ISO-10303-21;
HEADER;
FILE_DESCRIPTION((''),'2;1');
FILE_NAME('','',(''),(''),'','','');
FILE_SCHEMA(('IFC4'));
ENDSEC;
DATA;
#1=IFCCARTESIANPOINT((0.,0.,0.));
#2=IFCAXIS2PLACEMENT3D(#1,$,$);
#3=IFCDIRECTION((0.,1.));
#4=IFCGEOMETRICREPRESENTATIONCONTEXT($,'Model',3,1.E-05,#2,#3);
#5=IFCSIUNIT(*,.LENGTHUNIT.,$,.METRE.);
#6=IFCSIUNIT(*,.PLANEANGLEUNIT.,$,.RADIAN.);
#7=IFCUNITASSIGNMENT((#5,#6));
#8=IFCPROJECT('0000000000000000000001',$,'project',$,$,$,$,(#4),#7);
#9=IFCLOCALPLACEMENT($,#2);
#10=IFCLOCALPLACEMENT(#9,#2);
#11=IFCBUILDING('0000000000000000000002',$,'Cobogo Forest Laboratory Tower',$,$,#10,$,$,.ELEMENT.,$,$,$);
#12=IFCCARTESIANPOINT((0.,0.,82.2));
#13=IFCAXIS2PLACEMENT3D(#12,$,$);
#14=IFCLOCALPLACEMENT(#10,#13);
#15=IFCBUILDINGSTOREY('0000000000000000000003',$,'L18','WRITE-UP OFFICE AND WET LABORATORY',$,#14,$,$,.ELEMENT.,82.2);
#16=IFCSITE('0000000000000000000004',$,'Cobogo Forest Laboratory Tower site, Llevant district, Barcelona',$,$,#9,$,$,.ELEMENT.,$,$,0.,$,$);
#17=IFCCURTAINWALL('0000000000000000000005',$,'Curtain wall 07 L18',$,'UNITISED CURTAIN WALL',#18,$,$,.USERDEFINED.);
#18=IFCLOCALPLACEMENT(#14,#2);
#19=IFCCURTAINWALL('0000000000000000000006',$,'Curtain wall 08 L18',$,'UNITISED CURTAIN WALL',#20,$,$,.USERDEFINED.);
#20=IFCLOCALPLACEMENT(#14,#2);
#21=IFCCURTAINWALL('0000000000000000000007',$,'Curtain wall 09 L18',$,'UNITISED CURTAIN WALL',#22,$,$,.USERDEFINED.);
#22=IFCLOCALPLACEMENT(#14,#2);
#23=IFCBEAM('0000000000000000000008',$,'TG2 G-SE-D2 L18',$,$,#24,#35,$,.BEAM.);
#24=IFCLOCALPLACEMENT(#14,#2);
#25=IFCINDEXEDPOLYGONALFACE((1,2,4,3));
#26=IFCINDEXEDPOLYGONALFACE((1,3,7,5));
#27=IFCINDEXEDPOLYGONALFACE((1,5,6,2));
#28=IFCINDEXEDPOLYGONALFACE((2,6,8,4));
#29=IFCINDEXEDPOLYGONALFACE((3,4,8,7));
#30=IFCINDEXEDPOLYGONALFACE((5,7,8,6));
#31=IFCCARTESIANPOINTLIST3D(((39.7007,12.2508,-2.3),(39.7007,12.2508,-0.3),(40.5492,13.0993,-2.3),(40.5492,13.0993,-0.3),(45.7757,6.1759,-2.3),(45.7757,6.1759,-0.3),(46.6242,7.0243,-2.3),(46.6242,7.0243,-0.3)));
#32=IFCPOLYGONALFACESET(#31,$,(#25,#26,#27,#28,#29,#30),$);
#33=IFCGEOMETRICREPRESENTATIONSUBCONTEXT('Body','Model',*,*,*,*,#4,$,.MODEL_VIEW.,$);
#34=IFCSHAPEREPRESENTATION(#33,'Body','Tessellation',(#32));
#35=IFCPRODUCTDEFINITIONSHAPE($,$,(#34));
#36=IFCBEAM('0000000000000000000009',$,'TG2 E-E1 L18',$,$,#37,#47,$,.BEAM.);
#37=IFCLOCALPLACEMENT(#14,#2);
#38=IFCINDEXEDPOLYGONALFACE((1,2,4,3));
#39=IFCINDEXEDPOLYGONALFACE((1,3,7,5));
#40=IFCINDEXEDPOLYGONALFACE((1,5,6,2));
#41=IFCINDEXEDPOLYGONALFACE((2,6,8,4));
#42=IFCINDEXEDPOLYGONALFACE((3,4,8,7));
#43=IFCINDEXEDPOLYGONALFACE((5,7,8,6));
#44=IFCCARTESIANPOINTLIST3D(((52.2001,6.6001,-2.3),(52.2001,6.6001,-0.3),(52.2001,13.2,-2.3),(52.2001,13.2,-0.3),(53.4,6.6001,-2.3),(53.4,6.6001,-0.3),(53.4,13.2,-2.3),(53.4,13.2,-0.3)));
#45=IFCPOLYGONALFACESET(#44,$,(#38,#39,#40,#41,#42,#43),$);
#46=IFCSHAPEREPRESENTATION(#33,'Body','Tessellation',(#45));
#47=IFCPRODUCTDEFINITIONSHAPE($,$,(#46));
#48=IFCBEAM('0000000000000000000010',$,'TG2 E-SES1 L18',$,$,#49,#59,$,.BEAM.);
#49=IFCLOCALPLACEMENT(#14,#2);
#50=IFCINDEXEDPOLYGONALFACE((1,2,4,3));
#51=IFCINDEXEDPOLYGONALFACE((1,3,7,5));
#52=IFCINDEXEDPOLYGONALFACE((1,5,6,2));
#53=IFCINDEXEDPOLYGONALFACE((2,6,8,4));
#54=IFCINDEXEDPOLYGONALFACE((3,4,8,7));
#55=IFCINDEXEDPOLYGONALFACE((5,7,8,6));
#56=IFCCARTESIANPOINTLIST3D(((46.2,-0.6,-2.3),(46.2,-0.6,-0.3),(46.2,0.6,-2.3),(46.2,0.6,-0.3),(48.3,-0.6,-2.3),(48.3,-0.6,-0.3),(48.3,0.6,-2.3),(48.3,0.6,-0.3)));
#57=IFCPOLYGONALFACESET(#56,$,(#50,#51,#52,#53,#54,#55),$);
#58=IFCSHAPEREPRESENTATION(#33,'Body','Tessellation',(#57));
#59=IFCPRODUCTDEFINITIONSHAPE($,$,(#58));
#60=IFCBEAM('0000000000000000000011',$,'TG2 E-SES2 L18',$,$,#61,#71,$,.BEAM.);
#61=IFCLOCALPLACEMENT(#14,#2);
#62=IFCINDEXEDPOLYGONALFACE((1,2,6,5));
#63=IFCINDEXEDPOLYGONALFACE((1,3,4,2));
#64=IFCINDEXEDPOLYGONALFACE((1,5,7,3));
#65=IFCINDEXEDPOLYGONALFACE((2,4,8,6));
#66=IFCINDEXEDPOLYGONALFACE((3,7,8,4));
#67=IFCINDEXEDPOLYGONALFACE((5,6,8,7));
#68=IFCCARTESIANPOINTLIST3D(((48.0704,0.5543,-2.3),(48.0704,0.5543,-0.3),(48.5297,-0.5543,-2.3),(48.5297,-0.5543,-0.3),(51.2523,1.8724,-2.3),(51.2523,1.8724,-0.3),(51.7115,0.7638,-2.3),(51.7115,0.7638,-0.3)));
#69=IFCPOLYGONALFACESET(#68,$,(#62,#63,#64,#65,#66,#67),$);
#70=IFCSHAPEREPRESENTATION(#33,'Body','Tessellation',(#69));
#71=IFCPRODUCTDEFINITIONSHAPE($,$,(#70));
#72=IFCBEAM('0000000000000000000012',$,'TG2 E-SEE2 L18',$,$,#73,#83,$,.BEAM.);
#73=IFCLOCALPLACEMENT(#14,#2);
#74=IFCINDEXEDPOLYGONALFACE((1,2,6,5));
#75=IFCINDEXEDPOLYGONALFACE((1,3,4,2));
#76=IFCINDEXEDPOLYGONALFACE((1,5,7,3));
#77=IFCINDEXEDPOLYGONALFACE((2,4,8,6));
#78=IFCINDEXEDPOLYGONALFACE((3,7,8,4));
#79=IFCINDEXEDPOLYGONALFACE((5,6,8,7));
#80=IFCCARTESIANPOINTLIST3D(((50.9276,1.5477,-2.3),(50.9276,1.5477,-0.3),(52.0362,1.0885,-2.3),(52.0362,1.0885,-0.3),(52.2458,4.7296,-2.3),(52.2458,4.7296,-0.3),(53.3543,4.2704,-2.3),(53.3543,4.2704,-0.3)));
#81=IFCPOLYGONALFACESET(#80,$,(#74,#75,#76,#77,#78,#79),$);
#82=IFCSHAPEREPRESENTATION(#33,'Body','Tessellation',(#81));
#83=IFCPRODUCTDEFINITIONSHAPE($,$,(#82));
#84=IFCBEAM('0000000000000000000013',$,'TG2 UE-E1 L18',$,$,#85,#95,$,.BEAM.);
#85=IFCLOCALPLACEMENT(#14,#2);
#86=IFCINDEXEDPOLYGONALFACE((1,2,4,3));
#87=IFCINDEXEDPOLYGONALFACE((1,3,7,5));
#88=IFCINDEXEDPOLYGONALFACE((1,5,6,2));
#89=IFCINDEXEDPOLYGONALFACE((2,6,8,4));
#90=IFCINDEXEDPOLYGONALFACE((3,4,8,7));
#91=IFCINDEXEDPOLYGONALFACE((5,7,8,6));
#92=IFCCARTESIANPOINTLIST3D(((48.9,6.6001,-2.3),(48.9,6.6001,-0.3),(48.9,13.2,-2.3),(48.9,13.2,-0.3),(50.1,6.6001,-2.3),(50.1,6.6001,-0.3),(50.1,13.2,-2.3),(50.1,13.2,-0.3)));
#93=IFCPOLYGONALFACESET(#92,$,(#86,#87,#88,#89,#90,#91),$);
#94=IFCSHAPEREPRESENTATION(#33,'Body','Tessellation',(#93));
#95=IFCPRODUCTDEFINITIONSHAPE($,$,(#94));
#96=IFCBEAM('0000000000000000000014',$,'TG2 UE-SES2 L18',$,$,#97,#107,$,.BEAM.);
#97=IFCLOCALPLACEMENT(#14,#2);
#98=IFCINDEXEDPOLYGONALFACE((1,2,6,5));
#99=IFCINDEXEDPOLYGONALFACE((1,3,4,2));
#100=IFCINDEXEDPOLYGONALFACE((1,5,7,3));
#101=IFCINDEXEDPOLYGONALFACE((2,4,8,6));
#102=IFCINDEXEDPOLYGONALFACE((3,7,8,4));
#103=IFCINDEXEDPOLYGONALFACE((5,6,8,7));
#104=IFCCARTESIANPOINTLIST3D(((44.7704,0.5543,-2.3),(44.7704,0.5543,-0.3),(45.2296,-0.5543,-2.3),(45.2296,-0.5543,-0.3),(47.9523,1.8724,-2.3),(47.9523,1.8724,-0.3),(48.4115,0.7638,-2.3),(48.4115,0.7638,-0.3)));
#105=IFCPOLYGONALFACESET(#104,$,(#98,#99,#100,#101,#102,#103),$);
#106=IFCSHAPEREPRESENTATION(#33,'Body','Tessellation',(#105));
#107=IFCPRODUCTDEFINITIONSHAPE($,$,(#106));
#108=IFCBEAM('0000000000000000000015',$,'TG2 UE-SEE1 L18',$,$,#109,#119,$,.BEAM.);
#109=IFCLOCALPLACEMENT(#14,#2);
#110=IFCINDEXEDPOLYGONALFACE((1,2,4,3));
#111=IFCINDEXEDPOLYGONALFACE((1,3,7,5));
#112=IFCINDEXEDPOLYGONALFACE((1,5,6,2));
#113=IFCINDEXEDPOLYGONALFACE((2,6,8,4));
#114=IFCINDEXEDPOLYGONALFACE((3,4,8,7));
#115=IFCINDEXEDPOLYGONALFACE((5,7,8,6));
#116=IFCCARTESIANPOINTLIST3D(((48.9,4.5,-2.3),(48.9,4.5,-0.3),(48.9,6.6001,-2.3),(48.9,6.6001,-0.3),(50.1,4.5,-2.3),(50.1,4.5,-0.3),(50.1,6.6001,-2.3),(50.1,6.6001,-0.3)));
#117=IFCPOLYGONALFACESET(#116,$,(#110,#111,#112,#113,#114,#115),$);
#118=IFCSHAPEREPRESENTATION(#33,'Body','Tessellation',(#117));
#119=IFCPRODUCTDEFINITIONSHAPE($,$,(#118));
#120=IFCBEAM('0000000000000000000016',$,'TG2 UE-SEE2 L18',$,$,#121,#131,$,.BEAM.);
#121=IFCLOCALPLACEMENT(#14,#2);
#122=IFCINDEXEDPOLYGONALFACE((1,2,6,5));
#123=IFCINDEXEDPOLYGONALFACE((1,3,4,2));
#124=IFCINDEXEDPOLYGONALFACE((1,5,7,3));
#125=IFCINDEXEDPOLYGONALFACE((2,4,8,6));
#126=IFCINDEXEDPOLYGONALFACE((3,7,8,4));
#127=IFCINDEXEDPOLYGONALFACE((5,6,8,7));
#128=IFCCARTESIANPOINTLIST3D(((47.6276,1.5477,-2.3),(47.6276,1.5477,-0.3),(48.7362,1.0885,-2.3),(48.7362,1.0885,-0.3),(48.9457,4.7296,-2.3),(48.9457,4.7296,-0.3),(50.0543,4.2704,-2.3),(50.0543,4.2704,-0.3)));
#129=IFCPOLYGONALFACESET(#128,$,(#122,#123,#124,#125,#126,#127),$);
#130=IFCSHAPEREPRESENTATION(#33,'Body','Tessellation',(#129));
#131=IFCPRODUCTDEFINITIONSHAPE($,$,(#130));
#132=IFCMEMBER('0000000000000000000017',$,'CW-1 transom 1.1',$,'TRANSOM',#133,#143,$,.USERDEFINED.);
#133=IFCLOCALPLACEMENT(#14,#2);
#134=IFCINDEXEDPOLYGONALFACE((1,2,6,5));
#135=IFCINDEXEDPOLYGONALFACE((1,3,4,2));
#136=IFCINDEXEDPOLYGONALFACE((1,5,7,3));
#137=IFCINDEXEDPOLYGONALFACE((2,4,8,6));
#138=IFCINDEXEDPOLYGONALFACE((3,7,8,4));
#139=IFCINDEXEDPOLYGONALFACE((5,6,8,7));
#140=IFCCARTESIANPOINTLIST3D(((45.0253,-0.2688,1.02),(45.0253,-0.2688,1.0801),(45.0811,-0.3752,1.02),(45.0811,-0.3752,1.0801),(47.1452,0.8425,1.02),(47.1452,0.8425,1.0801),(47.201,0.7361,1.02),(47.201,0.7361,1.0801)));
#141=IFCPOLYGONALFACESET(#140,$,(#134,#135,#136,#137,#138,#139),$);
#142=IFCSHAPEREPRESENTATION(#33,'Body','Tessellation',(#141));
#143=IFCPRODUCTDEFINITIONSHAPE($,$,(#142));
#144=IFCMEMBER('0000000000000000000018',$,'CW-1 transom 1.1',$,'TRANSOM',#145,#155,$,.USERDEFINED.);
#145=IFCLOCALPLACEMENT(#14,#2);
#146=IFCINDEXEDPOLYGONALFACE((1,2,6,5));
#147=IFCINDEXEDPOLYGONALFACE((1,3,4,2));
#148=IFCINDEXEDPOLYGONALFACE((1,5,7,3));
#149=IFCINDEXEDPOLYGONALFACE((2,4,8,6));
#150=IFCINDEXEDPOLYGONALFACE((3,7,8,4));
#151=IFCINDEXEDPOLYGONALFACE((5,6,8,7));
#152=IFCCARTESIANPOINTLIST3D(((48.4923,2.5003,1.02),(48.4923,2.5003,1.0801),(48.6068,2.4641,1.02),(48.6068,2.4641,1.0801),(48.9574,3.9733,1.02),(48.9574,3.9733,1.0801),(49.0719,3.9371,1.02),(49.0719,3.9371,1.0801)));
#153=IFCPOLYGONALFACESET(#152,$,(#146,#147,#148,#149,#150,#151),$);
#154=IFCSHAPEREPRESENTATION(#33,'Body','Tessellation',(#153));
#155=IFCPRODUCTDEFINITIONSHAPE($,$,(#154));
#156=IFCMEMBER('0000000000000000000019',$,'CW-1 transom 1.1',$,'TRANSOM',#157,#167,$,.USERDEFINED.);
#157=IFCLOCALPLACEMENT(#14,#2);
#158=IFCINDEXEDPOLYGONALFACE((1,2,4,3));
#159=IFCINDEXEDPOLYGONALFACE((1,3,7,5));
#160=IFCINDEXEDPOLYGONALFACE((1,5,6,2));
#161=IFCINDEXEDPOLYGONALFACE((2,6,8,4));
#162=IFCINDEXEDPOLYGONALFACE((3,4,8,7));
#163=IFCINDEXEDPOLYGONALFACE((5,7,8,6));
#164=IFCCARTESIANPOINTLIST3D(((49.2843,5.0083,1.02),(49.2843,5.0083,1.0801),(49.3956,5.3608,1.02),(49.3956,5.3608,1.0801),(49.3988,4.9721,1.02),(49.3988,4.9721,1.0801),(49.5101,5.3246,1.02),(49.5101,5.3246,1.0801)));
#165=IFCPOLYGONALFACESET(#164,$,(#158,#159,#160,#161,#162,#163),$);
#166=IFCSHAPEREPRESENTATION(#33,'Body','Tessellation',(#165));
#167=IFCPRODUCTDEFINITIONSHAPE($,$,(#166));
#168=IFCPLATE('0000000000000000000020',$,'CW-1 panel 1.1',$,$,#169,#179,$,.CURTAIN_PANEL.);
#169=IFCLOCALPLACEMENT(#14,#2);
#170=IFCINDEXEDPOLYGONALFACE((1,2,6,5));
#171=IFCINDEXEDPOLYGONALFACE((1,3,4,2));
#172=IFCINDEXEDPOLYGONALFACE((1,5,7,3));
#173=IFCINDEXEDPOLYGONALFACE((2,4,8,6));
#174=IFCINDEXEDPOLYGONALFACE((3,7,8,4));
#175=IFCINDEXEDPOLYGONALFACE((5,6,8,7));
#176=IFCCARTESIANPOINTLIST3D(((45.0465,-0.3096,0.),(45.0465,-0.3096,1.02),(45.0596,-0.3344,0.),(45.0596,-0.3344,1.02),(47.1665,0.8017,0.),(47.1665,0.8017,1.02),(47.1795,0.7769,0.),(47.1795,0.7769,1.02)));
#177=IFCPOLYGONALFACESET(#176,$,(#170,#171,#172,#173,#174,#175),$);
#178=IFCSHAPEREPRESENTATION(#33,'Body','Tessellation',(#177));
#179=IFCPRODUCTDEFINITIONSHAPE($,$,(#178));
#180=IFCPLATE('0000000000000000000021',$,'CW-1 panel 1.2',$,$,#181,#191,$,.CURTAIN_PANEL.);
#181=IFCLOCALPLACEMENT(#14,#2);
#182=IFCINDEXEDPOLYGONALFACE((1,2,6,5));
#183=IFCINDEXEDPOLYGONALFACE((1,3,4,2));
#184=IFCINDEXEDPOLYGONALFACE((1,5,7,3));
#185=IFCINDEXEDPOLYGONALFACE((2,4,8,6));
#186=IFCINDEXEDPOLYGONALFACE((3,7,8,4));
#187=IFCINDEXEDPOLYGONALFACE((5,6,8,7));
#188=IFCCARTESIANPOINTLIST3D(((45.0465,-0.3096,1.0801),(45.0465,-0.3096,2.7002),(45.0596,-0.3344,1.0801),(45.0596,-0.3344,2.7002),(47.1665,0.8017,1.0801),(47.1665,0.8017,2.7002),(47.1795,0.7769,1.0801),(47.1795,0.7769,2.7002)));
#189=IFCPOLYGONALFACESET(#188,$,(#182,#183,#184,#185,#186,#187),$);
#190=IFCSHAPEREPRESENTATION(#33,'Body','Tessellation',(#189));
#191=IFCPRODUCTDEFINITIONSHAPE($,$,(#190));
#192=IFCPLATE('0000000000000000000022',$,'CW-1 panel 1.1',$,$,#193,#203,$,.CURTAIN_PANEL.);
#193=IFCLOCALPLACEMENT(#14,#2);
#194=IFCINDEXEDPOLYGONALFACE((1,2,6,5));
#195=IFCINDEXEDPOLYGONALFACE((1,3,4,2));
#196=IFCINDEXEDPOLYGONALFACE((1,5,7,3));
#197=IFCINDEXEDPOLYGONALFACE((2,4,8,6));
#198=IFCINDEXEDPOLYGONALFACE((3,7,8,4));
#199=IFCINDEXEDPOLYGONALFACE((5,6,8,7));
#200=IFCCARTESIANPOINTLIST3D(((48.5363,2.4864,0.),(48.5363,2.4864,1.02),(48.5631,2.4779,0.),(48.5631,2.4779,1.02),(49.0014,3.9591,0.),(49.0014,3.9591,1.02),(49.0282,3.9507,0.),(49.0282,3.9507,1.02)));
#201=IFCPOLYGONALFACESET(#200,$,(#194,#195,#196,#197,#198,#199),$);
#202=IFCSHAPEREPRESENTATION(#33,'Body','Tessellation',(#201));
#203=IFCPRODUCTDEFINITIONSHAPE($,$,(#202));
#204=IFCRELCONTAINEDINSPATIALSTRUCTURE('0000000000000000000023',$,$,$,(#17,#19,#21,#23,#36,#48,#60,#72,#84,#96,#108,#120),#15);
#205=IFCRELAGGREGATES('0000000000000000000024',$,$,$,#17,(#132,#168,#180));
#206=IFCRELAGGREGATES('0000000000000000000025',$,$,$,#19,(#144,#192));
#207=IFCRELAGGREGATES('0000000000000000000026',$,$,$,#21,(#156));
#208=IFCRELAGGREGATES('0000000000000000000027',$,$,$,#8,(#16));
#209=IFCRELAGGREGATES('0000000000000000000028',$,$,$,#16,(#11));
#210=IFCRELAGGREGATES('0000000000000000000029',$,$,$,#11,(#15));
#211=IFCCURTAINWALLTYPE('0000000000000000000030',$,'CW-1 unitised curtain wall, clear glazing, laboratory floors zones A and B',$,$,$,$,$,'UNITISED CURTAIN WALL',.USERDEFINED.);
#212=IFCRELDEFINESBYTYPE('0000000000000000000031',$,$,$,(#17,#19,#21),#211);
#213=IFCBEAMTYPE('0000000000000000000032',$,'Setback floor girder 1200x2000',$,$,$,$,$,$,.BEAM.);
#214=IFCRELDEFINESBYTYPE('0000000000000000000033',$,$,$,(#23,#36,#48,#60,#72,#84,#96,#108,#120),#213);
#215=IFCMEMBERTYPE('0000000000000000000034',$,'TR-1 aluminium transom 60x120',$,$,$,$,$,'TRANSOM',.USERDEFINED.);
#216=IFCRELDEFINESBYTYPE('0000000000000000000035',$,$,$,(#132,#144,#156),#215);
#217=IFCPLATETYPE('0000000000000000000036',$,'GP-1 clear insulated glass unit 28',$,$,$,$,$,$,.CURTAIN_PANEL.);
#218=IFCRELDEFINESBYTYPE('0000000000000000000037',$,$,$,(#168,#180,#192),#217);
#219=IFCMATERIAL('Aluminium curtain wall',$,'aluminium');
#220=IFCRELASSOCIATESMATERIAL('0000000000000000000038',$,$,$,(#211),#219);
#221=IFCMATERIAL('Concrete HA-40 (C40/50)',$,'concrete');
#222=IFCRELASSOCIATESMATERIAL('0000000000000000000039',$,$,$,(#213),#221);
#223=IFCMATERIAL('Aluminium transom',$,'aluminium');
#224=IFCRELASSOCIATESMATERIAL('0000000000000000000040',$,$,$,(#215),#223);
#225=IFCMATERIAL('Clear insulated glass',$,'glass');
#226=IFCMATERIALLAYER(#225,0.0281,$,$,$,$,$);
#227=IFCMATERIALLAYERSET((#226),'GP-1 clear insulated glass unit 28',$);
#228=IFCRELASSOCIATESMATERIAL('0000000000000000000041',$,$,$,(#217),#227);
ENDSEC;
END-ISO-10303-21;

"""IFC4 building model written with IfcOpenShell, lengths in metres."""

from ifc_helpers import new_model, si_unit, direction, frame, origin, origin_2d, place, context, subcontext, project, spatial, rectangle, extrude, material, layer, layer_set, material_profile, profile_set, type_object, element, aggregate, save


model = new_model("IFC4")

# Units and contexts
model_context = context("Model", 3, precision=1e-05, world=origin(), true_north=direction((0.0, 1.0)))
body_context = subcontext(model_context, "Body", "Model", "MODEL_VIEW")
ifc_project = project(units=[si_unit("LENGTHUNIT", "METRE"), si_unit("PLANEANGLEUNIT", "RADIAN")], contexts=[model_context])

# Site, building, storey
site_placement = place(None, origin())
site = spatial("IfcSite", under=ifc_project, at=site_placement, Name="Cobogo Forest Laboratory Tower site, Llevant district, Barcelona", CompositionType="ELEMENT", RefElevation=0.0)
building_placement = place(site_placement, origin())
building = spatial("IfcBuilding", under=site, at=building_placement, Name="Cobogo Forest Laboratory Tower", CompositionType="ELEMENT")
storey_placement = place(building_placement, frame((0.0, 0.0, 82.2)))
storey = spatial("IfcBuildingStorey", under=building, at=storey_placement, Name="L18", Description="WRITE-UP OFFICE AND WET LABORATORY", CompositionType="ELEMENT", Elevation=82.2)

# Curtain walls
ifc_material_1 = material(Name="Aluminium curtain wall", Category="aluminium")
curtain_wall_type = type_object("IfcCurtainWallType", Name="CW-1 unitised curtain wall, clear glazing, laboratory floors zones A and B", ElementType="UNITISED CURTAIN WALL", PredefinedType="USERDEFINED", material=ifc_material_1)
curtain_wall_1_placement = place(storey_placement, origin())
curtain_wall_1 = element("IfcCurtainWall", 1, at=curtain_wall_1_placement, inside=storey, type_object=curtain_wall_type, Name="Curtain wall 07 L18", ObjectType="UNITISED CURTAIN WALL", PredefinedType="USERDEFINED")
curtain_wall_2_placement = place(storey_placement, origin())
curtain_wall_2 = element("IfcCurtainWall", 2, at=curtain_wall_2_placement, inside=storey, type_object=curtain_wall_type, Name="Curtain wall 08 L18", ObjectType="UNITISED CURTAIN WALL", PredefinedType="USERDEFINED")
curtain_wall_3_placement = place(storey_placement, origin())
curtain_wall_3 = element("IfcCurtainWall", 3, at=curtain_wall_3_placement, inside=storey, type_object=curtain_wall_type, Name="Curtain wall 09 L18", ObjectType="UNITISED CURTAIN WALL", PredefinedType="USERDEFINED")

# Beams
ifc_material_2 = material(Name="Concrete HA-40 (C40/50)", Category="concrete")
ifc_material_profile_1 = material_profile(ifc_material_2, rectangle(XDim=1.2, YDim=2.0, at=origin_2d()), Name="RC 1200x2000")
ifc_profile_set_1 = profile_set([ifc_material_profile_1], Name="Concrete HA-40 (C40/50)")
beam_type = type_object("IfcBeamType", Name="Setback floor girder 1200x2000", PredefinedType="BEAM", material=ifc_profile_set_1)
beam_1_placement = place(storey_placement, frame((46.2, 6.6001, -1.3), z_axis=(-0.707107, 0.707107, 0.0), x_axis=(-0.707107, -0.707107, 0.0)))
element("IfcBeam", 4, at=beam_1_placement, inside=storey, type_object=beam_type, Name="TG2 G-SE-D2 L18", PredefinedType="BEAM", context=body_context, shape_type="SweptSolid", body=[
    extrude(rectangle(XDim=1.2, YDim=2.0, at=origin_2d()), origin(), (0.0, 0.0, 1.0), 8.5913),
])
beam_2_placement = place(storey_placement, frame((52.8, 6.6001, -1.3), z_axis=(0.0, 1.0, 0.0), x_axis=(-1.0, 0.0, 0.0)))
element("IfcBeam", 5, at=beam_2_placement, inside=storey, type_object=beam_type, Name="TG2 E-E1 L18", PredefinedType="BEAM", context=body_context, shape_type="SweptSolid", body=[
    extrude(rectangle(XDim=1.2, YDim=2.0, at=origin_2d()), origin(), (0.0, 0.0, 1.0), 6.5999),
])
beam_3_placement = place(storey_placement, frame((46.2, 0.0, -1.3), z_axis=(1.0, 0.0, 0.0), x_axis=(0.0, 1.0, 0.0)))
element("IfcBeam", 6, at=beam_3_placement, inside=storey, type_object=beam_type, Name="TG2 E-SES1 L18", PredefinedType="BEAM", context=body_context, shape_type="SweptSolid", body=[
    extrude(rectangle(XDim=1.2, YDim=2.0, at=origin_2d()), origin(), (0.0, 0.0, 1.0), 2.1001),
])
for number, where, z_axis, x_axis, name in (
    (7, (48.3, 0.0, -1.3), (0.923866, 0.382717, 0.0), (-0.382717, 0.923866, 0.0), "TG2 E-SES2 L18"),
    (8, (52.8, 4.5, -1.3), (-0.382717, -0.923866, 0.0), (0.923866, -0.382717, 0.0), "TG2 E-SEE2 L18"),
):
    element("IfcBeam", number, at=place(storey_placement, frame(where, z_axis=z_axis, x_axis=x_axis)), inside=storey, type_object=beam_type, Name=name, PredefinedType="BEAM", context=body_context, shape_type="SweptSolid", body=[
        extrude(rectangle(XDim=1.2, YDim=2.0, at=origin_2d()), origin(), (0.0, 0.0, 1.0), 3.4441),
    ])
beam_4_placement = place(storey_placement, frame((49.5, 6.6001, -1.3), z_axis=(0.0, 1.0, 0.0), x_axis=(-1.0, 0.0, 0.0)))
element("IfcBeam", 9, at=beam_4_placement, inside=storey, type_object=beam_type, Name="TG2 UE-E1 L18", PredefinedType="BEAM", context=body_context, shape_type="SweptSolid", body=[
    extrude(rectangle(XDim=1.2, YDim=2.0, at=origin_2d()), origin(), (0.0, 0.0, 1.0), 6.5999),
])
beam_5_placement = place(storey_placement, frame((45.0, 0.0, -1.3), z_axis=(0.923866, 0.382717, 0.0), x_axis=(-0.382717, 0.923866, 0.0)))
element("IfcBeam", 10, at=beam_5_placement, inside=storey, type_object=beam_type, Name="TG2 UE-SES2 L18", PredefinedType="BEAM", context=body_context, shape_type="SweptSolid", body=[
    extrude(rectangle(XDim=1.2, YDim=2.0, at=origin_2d()), origin(), (0.0, 0.0, 1.0), 3.4441),
])
beam_6_placement = place(storey_placement, frame((49.5, 6.6001, -1.3), z_axis=(0.0, -1.0, 0.0), x_axis=(1.0, 0.0, 0.0)))
element("IfcBeam", 11, at=beam_6_placement, inside=storey, type_object=beam_type, Name="TG2 UE-SEE1 L18", PredefinedType="BEAM", context=body_context, shape_type="SweptSolid", body=[
    extrude(rectangle(XDim=1.2, YDim=2.0, at=origin_2d()), origin(), (0.0, 0.0, 1.0), 2.1001),
])
beam_7_placement = place(storey_placement, frame((49.5, 4.5, -1.3), z_axis=(-0.382717, -0.923866, 0.0), x_axis=(0.923866, -0.382717, 0.0)))
element("IfcBeam", 12, at=beam_7_placement, inside=storey, type_object=beam_type, Name="TG2 UE-SEE2 L18", PredefinedType="BEAM", context=body_context, shape_type="SweptSolid", body=[
    extrude(rectangle(XDim=1.2, YDim=2.0, at=origin_2d()), origin(), (0.0, 0.0, 1.0), 3.4441),
])

# Members
ifc_material_3 = material(Name="Aluminium transom", Category="aluminium")
ifc_material_profile_2 = material_profile(ifc_material_3, rectangle(XDim=0.1201, YDim=0.0601, at=origin_2d()), Name="AL 60x120")
ifc_profile_set_2 = profile_set([ifc_material_profile_2], Name="Aluminium transom")
member_type_1 = type_object("IfcMemberType", Name="TR-1 aluminium transom 60x120", ElementType="TRANSOM", PredefinedType="USERDEFINED", material=ifc_profile_set_2)
member_1_placement = place(storey_placement, frame((45.0532, -0.322, 1.05), z_axis=(0.885674, 0.464308, 0.0), x_axis=(-0.464308, 0.885674, 0.0)))
member_1 = element("IfcMember", 13, at=member_1_placement, type_object=member_type_1, Name="CW-1 transom 1.1", ObjectType="TRANSOM", PredefinedType="USERDEFINED", context=body_context, shape_type="SweptSolid", body=[
    extrude(rectangle(XDim=0.1201, YDim=0.0601, at=origin_2d()), origin(), (0.0, 0.0, 1.0), 2.3936),
])
member_2_placement = place(storey_placement, frame((48.5496, 2.4822, 1.05), z_axis=(0.301109, 0.95359, 0.0), x_axis=(-0.95359, 0.301109, 0.0)))
member_2 = element("IfcMember", 14, at=member_2_placement, type_object=member_type_1, Name="CW-1 transom 1.1", ObjectType="TRANSOM", PredefinedType="USERDEFINED", context=body_context, shape_type="SweptSolid", body=[
    extrude(rectangle(XDim=0.1201, YDim=0.0601, at=origin_2d()), origin(), (0.0, 0.0, 1.0), 1.5447),
])
member_3_placement = place(storey_placement, frame((49.3416, 4.9902, 1.05), z_axis=(0.301131, 0.953583, 0.0), x_axis=(-0.953583, 0.301131, 0.0)))
member_3 = element("IfcMember", 15, at=member_3_placement, type_object=member_type_1, Name="CW-1 transom 1.1", ObjectType="TRANSOM", PredefinedType="USERDEFINED", context=body_context, shape_type="SweptSolid", body=[
    extrude(rectangle(XDim=0.1201, YDim=0.0601, at=origin_2d()), origin(), (0.0, 0.0, 1.0), 0.3696),
])

# Plates
ifc_material_4 = material(Name="Clear insulated glass", Category="glass")
ifc_layer = layer(ifc_material_4, 0.0281)
ifc_layer_set = layer_set([ifc_layer], Name="GP-1 clear insulated glass unit 28")
plate_type = type_object("IfcPlateType", Name="GP-1 clear insulated glass unit 28", PredefinedType="CURTAIN_PANEL", material=ifc_layer_set)
plate_1_placement = place(storey_placement, frame((46.113, 0.2336, 0.0), z_axis=(0.0, 0.0, 1.0), x_axis=(0.885687, 0.464284, 0.0)))
plate_1 = element("IfcPlate", 16, at=plate_1_placement, type_object=plate_type, Name="CW-1 panel 1.1", PredefinedType="CURTAIN_PANEL", context=body_context, shape_type="SweptSolid", body=[
    extrude(rectangle(XDim=2.3936, YDim=0.0281, at=origin_2d()), origin(), (0.0, 0.0, 1.0), 1.02),
])
plate_2_placement = place(storey_placement, frame((46.113, 0.2336, 1.0801), z_axis=(0.0, 0.0, 1.0), x_axis=(0.885687, 0.464284, 0.0)))
plate_2 = element("IfcPlate", 17, at=plate_2_placement, type_object=plate_type, Name="CW-1 panel 1.2", PredefinedType="CURTAIN_PANEL", context=body_context, shape_type="SweptSolid", body=[
    extrude(rectangle(XDim=2.3936, YDim=0.0281, at=origin_2d()), origin(), (0.0, 0.0, 1.0), 1.6201),
])
aggregate(curtain_wall_1, [member_1, plate_1, plate_2])
plate_3_placement = place(storey_placement, frame((48.7822, 3.2185, 0.0), z_axis=(0.0, 0.0, 1.0), x_axis=(0.301135, 0.953581, 0.0)))
plate_3 = element("IfcPlate", 18, at=plate_3_placement, type_object=plate_type, Name="CW-1 panel 1.1", PredefinedType="CURTAIN_PANEL", context=body_context, shape_type="SweptSolid", body=[
    extrude(rectangle(XDim=1.5444, YDim=0.0281, at=origin_2d()), origin(), (0.0, 0.0, 1.0), 1.02),
])
aggregate(curtain_wall_2, [member_2, plate_3])
aggregate(curtain_wall_3, [member_3])

save(model, "model.ifc")
